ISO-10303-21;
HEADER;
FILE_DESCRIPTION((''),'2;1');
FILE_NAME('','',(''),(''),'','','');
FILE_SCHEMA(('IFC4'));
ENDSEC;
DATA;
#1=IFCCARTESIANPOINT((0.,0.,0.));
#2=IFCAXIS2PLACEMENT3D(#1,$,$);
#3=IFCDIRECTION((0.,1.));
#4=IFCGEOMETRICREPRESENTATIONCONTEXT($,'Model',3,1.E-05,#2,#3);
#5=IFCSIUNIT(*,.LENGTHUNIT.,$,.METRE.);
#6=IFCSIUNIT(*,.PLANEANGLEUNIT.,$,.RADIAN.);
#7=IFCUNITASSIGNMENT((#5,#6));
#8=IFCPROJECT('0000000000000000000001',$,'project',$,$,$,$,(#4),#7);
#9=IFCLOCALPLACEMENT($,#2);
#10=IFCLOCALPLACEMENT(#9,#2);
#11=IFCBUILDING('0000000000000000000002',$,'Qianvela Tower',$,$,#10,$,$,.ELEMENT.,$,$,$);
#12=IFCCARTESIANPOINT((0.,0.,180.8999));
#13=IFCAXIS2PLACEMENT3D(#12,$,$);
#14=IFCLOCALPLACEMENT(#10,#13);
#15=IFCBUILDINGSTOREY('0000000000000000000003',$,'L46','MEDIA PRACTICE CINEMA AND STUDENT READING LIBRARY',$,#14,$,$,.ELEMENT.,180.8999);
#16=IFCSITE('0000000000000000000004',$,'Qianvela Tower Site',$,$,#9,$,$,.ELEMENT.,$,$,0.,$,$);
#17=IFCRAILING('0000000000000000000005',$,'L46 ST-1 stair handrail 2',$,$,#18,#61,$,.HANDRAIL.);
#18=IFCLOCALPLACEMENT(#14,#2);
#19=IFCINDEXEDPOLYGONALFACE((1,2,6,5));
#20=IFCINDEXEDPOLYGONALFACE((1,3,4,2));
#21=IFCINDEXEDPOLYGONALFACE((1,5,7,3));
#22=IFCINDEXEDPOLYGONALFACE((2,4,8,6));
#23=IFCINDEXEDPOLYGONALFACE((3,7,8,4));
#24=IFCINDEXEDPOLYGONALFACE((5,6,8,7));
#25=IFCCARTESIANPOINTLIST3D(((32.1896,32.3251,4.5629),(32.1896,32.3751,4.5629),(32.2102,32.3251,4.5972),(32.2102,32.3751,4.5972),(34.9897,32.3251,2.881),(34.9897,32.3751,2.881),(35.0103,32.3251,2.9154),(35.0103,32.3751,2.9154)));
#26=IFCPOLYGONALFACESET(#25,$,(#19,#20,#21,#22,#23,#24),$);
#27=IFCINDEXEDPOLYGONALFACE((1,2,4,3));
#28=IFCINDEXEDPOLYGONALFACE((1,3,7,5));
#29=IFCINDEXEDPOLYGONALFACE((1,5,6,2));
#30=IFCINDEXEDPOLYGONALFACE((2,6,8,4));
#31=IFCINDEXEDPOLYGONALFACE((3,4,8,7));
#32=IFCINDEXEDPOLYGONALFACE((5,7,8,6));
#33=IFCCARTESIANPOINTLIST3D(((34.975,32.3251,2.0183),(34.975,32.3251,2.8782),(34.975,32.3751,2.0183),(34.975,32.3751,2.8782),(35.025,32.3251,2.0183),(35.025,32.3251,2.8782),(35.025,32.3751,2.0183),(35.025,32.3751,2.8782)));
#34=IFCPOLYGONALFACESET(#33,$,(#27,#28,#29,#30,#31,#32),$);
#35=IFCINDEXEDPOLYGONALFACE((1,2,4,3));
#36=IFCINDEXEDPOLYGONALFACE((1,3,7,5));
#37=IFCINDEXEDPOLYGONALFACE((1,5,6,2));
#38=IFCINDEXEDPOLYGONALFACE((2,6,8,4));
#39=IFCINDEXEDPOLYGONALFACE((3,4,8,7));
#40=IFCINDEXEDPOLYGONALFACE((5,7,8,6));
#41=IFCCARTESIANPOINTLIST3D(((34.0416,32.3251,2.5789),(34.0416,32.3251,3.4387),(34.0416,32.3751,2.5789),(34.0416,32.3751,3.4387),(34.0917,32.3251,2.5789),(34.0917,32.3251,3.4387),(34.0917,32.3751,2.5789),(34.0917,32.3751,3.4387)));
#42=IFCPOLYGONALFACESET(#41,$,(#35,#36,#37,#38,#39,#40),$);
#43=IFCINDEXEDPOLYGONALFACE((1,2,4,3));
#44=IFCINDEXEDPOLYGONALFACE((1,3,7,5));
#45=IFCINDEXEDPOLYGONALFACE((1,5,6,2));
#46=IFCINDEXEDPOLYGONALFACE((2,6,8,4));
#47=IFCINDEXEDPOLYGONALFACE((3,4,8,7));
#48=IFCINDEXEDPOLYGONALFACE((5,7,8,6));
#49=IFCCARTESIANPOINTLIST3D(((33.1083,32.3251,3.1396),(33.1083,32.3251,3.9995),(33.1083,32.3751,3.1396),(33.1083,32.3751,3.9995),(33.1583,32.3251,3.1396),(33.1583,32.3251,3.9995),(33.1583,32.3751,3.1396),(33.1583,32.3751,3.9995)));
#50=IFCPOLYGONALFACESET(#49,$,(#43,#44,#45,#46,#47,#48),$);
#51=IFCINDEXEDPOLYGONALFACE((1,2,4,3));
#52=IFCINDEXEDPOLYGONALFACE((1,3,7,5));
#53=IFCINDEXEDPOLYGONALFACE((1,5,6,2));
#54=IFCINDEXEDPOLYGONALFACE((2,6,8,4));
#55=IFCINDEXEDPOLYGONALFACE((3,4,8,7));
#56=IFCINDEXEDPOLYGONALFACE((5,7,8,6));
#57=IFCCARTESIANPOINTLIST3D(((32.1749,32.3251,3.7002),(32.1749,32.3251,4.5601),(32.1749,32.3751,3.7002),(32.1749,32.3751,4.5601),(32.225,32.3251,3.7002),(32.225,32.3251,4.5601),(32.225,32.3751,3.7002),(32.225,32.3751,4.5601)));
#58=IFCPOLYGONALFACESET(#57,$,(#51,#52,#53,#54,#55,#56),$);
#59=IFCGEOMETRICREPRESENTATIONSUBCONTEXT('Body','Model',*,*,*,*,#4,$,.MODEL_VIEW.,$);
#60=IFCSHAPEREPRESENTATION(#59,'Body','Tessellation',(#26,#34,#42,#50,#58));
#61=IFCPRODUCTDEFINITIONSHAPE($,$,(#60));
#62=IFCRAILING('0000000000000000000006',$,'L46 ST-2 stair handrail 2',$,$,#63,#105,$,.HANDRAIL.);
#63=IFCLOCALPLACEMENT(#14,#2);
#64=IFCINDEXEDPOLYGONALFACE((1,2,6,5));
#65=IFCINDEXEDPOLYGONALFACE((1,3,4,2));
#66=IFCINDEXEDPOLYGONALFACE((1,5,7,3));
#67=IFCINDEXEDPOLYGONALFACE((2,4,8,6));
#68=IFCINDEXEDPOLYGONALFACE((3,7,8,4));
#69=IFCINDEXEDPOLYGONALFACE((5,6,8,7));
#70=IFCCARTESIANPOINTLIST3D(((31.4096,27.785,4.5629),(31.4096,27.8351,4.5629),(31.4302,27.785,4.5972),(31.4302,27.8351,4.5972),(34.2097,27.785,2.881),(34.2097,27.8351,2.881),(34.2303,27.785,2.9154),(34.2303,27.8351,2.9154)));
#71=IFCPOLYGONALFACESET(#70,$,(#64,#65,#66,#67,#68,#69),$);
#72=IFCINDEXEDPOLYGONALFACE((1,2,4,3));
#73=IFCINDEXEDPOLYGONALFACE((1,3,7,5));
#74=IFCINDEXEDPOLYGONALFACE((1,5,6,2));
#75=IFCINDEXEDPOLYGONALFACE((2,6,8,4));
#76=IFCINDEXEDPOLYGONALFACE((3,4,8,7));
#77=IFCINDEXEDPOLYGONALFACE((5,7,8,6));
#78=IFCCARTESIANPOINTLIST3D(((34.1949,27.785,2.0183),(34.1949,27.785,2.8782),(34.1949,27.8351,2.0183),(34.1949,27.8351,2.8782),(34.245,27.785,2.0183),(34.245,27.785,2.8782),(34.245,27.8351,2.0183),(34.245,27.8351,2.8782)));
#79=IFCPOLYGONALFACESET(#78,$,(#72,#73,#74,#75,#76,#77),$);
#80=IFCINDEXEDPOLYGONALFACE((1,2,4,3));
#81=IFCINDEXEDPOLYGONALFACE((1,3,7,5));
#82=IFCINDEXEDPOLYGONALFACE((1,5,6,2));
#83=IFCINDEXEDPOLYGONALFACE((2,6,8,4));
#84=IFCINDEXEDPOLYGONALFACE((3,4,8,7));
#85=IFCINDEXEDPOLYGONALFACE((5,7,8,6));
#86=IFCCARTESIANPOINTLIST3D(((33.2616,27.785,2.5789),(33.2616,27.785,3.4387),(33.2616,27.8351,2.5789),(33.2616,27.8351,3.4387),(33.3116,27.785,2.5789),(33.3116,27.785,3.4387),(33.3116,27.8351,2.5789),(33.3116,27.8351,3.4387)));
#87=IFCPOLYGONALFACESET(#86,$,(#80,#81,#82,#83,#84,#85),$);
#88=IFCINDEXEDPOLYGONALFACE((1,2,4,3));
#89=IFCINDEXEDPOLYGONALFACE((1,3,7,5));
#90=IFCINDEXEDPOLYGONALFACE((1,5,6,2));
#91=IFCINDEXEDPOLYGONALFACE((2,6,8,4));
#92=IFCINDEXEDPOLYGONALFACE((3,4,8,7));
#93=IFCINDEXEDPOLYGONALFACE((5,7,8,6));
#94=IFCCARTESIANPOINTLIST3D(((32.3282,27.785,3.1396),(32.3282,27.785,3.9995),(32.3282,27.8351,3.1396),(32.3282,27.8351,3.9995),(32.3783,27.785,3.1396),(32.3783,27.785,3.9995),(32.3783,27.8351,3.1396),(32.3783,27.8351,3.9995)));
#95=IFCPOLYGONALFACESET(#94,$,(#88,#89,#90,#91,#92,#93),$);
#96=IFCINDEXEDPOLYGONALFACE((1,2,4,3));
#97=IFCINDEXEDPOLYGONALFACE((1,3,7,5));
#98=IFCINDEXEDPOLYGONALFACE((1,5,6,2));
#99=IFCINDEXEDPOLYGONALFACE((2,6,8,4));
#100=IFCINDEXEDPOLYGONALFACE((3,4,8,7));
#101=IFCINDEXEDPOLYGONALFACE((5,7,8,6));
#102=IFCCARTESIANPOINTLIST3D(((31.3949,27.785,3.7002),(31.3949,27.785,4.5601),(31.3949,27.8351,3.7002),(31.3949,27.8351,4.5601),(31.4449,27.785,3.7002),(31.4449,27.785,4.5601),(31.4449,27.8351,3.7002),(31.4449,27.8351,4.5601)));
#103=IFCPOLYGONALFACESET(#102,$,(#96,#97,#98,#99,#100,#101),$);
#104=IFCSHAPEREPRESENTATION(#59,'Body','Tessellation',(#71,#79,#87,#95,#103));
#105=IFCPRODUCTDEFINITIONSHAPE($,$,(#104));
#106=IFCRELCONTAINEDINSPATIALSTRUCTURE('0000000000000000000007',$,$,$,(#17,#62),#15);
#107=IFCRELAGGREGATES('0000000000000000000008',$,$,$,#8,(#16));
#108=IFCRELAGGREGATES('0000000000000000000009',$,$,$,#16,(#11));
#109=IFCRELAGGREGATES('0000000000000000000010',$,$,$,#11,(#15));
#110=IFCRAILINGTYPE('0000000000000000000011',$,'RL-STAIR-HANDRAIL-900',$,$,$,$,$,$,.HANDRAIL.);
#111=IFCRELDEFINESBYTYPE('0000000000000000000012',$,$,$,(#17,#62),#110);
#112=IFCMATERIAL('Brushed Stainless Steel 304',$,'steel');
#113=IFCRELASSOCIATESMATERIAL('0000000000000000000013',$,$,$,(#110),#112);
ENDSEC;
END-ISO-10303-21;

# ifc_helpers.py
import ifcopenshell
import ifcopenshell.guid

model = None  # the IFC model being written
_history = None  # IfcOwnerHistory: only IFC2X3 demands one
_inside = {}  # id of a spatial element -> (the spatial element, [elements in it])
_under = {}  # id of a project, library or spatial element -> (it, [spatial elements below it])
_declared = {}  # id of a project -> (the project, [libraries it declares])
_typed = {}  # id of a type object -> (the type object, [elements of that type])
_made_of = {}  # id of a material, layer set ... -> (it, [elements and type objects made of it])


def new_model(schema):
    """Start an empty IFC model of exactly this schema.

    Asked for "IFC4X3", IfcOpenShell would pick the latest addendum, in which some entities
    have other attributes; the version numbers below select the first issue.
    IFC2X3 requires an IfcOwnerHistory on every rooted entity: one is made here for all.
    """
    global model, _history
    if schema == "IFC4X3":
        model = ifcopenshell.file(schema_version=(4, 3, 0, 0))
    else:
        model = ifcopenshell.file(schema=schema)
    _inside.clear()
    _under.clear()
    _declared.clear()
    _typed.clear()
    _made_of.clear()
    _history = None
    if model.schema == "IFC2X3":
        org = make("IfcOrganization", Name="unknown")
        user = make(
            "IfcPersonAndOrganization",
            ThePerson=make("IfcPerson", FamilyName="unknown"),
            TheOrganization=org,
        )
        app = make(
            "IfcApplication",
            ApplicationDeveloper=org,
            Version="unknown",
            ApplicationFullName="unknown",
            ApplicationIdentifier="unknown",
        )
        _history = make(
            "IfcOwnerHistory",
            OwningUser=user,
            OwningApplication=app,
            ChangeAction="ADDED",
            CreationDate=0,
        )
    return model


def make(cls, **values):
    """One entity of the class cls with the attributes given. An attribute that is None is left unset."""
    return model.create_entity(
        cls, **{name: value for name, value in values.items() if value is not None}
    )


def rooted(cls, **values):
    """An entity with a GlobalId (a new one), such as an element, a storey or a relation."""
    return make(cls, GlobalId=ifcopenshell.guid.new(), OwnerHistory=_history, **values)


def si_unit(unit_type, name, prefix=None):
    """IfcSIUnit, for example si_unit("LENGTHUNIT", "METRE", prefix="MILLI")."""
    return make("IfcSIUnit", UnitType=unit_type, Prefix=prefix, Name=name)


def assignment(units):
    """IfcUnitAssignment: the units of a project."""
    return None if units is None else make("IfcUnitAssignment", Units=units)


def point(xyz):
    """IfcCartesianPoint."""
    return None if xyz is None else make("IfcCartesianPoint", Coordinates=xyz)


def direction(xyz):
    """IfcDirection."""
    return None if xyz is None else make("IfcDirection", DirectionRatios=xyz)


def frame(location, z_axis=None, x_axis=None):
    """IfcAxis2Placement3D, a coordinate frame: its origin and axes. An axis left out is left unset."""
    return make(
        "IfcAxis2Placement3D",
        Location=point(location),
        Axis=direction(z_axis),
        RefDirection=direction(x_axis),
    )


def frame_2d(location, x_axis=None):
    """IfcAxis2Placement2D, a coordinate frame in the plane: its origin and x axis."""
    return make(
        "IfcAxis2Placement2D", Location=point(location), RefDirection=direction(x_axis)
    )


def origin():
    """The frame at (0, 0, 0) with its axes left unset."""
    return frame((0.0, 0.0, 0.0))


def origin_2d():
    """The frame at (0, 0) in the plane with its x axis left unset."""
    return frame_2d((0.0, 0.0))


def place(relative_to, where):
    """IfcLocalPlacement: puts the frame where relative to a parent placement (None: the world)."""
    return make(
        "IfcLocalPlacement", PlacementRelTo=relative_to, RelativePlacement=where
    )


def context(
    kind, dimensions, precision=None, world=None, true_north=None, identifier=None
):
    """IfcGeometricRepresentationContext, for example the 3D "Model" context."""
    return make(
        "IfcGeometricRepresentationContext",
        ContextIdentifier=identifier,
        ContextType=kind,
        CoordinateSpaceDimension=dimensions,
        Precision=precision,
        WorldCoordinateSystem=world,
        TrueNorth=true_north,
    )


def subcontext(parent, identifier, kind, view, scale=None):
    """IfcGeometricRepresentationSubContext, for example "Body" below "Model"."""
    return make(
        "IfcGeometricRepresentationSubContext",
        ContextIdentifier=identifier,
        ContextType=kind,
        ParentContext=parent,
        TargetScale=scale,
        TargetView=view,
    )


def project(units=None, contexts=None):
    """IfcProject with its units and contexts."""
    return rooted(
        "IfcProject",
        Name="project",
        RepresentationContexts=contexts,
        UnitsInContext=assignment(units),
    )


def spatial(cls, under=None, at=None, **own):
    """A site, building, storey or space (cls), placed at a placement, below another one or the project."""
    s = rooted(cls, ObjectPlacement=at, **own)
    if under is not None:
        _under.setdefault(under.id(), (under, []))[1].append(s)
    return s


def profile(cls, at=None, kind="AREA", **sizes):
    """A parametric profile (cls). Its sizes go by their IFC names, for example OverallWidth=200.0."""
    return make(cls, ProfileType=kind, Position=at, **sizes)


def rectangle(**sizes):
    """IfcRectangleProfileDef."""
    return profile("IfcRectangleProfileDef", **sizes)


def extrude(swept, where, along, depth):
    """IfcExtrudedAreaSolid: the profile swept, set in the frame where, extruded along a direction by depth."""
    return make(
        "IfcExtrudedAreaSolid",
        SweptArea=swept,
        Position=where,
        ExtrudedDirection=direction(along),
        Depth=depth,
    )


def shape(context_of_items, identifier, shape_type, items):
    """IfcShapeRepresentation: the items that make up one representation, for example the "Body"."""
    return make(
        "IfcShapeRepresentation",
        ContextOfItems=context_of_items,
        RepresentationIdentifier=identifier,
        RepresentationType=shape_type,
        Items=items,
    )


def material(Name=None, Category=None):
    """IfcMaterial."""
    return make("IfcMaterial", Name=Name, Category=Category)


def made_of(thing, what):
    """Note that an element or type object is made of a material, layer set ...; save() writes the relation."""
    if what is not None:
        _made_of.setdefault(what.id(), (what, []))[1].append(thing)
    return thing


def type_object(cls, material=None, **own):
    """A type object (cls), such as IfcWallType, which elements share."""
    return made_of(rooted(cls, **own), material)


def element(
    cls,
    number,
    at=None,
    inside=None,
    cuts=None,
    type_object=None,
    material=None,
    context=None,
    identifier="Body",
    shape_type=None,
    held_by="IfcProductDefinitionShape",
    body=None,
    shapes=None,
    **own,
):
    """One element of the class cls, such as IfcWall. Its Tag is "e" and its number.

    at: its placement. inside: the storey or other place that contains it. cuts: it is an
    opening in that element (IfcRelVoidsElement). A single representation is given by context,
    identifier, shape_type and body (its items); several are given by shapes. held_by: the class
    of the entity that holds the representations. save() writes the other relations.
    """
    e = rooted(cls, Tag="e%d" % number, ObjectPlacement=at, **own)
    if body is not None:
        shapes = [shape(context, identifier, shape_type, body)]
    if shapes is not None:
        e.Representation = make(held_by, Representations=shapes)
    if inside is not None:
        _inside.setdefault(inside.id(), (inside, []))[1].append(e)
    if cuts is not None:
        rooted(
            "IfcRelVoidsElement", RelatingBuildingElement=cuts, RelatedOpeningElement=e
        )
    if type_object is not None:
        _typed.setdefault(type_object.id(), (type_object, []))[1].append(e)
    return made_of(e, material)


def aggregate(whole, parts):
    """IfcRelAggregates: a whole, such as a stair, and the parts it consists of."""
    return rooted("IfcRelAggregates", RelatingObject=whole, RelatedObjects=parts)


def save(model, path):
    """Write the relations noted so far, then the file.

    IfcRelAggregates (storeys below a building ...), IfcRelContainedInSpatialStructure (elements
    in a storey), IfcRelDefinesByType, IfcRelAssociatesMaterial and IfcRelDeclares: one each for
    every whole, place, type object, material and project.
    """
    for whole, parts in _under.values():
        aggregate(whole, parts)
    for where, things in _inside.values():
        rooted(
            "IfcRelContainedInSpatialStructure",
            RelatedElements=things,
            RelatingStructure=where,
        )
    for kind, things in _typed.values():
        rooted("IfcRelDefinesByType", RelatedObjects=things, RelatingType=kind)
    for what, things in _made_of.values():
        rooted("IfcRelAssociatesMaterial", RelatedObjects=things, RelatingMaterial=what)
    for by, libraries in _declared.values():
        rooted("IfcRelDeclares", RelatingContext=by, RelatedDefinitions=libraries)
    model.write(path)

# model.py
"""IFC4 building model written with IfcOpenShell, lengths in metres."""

from ifc_helpers import new_model, si_unit, direction, frame, origin, origin_2d, place, context, subcontext, project, spatial, rectangle, extrude, material, type_object, element, save


model = new_model("IFC4")

# Units and contexts
model_context = context("Model", 3, precision=1e-05, world=origin(), true_north=direction((0.0, 1.0)))
body_context = subcontext(model_context, "Body", "Model", "MODEL_VIEW")
ifc_project = project(units=[si_unit("LENGTHUNIT", "METRE"), si_unit("PLANEANGLEUNIT", "RADIAN")], contexts=[model_context])

# Site, building, storey
site_placement = place(None, origin())
site = spatial("IfcSite", under=ifc_project, at=site_placement, Name="Qianvela Tower Site", CompositionType="ELEMENT", RefElevation=0.0)
building_placement = place(site_placement, origin())
building = spatial("IfcBuilding", under=site, at=building_placement, Name="Qianvela Tower", CompositionType="ELEMENT")
storey_placement = place(building_placement, frame((0.0, 0.0, 180.8999)))
storey = spatial("IfcBuildingStorey", under=building, at=storey_placement, Name="L46", Description="MEDIA PRACTICE CINEMA AND STUDENT READING LIBRARY", CompositionType="ELEMENT", Elevation=180.8999)

# Railings
ifc_material_1 = material(Name="Brushed Stainless Steel 304", Category="steel")
railing_type_1 = type_object("IfcRailingType", Name="RL-STAIR-HANDRAIL-900", PredefinedType="HANDRAIL", material=ifc_material_1)
for number, where, name in (
    (1, (35.0, 32.3501, 2.0183), "L46 ST-1 stair handrail 2"),
    (2, (34.22, 27.8101, 2.0183), "L46 ST-2 stair handrail 2"),
):
    element("IfcRailing", number, at=place(storey_placement, frame(where)), inside=storey, type_object=railing_type_1, Name=name, PredefinedType="HANDRAIL", context=body_context, shape_type="SweptSolid", body=[
        extrude(rectangle(XDim=0.05, YDim=0.04, at=origin_2d()), frame((0.0, 0.0, 0.8799), z_axis=(-0.857242, 0.0, 0.514913), x_axis=(0.0, -1.0, 0.0)), (0.0, 0.0, 1.0), 3.2664),
        extrude(rectangle(XDim=0.05, YDim=0.05, at=origin_2d()), origin(), (0.0, 0.0, 1.0), 0.8599),
        extrude(rectangle(XDim=0.05, YDim=0.05, at=origin_2d()), frame((-0.9333, 0.0, 0.5605)), (0.0, 0.0, 1.0), 0.8599),
        extrude(rectangle(XDim=0.05, YDim=0.05, at=origin_2d()), frame((-1.8667, 0.0, 1.1213)), (0.0, 0.0, 1.0), 0.8599),
        extrude(rectangle(XDim=0.05, YDim=0.05, at=origin_2d()), frame((-2.8, 0.0, 1.6819)), (0.0, 0.0, 1.0), 0.8599),
    ])

save(model, "model.ifc")
